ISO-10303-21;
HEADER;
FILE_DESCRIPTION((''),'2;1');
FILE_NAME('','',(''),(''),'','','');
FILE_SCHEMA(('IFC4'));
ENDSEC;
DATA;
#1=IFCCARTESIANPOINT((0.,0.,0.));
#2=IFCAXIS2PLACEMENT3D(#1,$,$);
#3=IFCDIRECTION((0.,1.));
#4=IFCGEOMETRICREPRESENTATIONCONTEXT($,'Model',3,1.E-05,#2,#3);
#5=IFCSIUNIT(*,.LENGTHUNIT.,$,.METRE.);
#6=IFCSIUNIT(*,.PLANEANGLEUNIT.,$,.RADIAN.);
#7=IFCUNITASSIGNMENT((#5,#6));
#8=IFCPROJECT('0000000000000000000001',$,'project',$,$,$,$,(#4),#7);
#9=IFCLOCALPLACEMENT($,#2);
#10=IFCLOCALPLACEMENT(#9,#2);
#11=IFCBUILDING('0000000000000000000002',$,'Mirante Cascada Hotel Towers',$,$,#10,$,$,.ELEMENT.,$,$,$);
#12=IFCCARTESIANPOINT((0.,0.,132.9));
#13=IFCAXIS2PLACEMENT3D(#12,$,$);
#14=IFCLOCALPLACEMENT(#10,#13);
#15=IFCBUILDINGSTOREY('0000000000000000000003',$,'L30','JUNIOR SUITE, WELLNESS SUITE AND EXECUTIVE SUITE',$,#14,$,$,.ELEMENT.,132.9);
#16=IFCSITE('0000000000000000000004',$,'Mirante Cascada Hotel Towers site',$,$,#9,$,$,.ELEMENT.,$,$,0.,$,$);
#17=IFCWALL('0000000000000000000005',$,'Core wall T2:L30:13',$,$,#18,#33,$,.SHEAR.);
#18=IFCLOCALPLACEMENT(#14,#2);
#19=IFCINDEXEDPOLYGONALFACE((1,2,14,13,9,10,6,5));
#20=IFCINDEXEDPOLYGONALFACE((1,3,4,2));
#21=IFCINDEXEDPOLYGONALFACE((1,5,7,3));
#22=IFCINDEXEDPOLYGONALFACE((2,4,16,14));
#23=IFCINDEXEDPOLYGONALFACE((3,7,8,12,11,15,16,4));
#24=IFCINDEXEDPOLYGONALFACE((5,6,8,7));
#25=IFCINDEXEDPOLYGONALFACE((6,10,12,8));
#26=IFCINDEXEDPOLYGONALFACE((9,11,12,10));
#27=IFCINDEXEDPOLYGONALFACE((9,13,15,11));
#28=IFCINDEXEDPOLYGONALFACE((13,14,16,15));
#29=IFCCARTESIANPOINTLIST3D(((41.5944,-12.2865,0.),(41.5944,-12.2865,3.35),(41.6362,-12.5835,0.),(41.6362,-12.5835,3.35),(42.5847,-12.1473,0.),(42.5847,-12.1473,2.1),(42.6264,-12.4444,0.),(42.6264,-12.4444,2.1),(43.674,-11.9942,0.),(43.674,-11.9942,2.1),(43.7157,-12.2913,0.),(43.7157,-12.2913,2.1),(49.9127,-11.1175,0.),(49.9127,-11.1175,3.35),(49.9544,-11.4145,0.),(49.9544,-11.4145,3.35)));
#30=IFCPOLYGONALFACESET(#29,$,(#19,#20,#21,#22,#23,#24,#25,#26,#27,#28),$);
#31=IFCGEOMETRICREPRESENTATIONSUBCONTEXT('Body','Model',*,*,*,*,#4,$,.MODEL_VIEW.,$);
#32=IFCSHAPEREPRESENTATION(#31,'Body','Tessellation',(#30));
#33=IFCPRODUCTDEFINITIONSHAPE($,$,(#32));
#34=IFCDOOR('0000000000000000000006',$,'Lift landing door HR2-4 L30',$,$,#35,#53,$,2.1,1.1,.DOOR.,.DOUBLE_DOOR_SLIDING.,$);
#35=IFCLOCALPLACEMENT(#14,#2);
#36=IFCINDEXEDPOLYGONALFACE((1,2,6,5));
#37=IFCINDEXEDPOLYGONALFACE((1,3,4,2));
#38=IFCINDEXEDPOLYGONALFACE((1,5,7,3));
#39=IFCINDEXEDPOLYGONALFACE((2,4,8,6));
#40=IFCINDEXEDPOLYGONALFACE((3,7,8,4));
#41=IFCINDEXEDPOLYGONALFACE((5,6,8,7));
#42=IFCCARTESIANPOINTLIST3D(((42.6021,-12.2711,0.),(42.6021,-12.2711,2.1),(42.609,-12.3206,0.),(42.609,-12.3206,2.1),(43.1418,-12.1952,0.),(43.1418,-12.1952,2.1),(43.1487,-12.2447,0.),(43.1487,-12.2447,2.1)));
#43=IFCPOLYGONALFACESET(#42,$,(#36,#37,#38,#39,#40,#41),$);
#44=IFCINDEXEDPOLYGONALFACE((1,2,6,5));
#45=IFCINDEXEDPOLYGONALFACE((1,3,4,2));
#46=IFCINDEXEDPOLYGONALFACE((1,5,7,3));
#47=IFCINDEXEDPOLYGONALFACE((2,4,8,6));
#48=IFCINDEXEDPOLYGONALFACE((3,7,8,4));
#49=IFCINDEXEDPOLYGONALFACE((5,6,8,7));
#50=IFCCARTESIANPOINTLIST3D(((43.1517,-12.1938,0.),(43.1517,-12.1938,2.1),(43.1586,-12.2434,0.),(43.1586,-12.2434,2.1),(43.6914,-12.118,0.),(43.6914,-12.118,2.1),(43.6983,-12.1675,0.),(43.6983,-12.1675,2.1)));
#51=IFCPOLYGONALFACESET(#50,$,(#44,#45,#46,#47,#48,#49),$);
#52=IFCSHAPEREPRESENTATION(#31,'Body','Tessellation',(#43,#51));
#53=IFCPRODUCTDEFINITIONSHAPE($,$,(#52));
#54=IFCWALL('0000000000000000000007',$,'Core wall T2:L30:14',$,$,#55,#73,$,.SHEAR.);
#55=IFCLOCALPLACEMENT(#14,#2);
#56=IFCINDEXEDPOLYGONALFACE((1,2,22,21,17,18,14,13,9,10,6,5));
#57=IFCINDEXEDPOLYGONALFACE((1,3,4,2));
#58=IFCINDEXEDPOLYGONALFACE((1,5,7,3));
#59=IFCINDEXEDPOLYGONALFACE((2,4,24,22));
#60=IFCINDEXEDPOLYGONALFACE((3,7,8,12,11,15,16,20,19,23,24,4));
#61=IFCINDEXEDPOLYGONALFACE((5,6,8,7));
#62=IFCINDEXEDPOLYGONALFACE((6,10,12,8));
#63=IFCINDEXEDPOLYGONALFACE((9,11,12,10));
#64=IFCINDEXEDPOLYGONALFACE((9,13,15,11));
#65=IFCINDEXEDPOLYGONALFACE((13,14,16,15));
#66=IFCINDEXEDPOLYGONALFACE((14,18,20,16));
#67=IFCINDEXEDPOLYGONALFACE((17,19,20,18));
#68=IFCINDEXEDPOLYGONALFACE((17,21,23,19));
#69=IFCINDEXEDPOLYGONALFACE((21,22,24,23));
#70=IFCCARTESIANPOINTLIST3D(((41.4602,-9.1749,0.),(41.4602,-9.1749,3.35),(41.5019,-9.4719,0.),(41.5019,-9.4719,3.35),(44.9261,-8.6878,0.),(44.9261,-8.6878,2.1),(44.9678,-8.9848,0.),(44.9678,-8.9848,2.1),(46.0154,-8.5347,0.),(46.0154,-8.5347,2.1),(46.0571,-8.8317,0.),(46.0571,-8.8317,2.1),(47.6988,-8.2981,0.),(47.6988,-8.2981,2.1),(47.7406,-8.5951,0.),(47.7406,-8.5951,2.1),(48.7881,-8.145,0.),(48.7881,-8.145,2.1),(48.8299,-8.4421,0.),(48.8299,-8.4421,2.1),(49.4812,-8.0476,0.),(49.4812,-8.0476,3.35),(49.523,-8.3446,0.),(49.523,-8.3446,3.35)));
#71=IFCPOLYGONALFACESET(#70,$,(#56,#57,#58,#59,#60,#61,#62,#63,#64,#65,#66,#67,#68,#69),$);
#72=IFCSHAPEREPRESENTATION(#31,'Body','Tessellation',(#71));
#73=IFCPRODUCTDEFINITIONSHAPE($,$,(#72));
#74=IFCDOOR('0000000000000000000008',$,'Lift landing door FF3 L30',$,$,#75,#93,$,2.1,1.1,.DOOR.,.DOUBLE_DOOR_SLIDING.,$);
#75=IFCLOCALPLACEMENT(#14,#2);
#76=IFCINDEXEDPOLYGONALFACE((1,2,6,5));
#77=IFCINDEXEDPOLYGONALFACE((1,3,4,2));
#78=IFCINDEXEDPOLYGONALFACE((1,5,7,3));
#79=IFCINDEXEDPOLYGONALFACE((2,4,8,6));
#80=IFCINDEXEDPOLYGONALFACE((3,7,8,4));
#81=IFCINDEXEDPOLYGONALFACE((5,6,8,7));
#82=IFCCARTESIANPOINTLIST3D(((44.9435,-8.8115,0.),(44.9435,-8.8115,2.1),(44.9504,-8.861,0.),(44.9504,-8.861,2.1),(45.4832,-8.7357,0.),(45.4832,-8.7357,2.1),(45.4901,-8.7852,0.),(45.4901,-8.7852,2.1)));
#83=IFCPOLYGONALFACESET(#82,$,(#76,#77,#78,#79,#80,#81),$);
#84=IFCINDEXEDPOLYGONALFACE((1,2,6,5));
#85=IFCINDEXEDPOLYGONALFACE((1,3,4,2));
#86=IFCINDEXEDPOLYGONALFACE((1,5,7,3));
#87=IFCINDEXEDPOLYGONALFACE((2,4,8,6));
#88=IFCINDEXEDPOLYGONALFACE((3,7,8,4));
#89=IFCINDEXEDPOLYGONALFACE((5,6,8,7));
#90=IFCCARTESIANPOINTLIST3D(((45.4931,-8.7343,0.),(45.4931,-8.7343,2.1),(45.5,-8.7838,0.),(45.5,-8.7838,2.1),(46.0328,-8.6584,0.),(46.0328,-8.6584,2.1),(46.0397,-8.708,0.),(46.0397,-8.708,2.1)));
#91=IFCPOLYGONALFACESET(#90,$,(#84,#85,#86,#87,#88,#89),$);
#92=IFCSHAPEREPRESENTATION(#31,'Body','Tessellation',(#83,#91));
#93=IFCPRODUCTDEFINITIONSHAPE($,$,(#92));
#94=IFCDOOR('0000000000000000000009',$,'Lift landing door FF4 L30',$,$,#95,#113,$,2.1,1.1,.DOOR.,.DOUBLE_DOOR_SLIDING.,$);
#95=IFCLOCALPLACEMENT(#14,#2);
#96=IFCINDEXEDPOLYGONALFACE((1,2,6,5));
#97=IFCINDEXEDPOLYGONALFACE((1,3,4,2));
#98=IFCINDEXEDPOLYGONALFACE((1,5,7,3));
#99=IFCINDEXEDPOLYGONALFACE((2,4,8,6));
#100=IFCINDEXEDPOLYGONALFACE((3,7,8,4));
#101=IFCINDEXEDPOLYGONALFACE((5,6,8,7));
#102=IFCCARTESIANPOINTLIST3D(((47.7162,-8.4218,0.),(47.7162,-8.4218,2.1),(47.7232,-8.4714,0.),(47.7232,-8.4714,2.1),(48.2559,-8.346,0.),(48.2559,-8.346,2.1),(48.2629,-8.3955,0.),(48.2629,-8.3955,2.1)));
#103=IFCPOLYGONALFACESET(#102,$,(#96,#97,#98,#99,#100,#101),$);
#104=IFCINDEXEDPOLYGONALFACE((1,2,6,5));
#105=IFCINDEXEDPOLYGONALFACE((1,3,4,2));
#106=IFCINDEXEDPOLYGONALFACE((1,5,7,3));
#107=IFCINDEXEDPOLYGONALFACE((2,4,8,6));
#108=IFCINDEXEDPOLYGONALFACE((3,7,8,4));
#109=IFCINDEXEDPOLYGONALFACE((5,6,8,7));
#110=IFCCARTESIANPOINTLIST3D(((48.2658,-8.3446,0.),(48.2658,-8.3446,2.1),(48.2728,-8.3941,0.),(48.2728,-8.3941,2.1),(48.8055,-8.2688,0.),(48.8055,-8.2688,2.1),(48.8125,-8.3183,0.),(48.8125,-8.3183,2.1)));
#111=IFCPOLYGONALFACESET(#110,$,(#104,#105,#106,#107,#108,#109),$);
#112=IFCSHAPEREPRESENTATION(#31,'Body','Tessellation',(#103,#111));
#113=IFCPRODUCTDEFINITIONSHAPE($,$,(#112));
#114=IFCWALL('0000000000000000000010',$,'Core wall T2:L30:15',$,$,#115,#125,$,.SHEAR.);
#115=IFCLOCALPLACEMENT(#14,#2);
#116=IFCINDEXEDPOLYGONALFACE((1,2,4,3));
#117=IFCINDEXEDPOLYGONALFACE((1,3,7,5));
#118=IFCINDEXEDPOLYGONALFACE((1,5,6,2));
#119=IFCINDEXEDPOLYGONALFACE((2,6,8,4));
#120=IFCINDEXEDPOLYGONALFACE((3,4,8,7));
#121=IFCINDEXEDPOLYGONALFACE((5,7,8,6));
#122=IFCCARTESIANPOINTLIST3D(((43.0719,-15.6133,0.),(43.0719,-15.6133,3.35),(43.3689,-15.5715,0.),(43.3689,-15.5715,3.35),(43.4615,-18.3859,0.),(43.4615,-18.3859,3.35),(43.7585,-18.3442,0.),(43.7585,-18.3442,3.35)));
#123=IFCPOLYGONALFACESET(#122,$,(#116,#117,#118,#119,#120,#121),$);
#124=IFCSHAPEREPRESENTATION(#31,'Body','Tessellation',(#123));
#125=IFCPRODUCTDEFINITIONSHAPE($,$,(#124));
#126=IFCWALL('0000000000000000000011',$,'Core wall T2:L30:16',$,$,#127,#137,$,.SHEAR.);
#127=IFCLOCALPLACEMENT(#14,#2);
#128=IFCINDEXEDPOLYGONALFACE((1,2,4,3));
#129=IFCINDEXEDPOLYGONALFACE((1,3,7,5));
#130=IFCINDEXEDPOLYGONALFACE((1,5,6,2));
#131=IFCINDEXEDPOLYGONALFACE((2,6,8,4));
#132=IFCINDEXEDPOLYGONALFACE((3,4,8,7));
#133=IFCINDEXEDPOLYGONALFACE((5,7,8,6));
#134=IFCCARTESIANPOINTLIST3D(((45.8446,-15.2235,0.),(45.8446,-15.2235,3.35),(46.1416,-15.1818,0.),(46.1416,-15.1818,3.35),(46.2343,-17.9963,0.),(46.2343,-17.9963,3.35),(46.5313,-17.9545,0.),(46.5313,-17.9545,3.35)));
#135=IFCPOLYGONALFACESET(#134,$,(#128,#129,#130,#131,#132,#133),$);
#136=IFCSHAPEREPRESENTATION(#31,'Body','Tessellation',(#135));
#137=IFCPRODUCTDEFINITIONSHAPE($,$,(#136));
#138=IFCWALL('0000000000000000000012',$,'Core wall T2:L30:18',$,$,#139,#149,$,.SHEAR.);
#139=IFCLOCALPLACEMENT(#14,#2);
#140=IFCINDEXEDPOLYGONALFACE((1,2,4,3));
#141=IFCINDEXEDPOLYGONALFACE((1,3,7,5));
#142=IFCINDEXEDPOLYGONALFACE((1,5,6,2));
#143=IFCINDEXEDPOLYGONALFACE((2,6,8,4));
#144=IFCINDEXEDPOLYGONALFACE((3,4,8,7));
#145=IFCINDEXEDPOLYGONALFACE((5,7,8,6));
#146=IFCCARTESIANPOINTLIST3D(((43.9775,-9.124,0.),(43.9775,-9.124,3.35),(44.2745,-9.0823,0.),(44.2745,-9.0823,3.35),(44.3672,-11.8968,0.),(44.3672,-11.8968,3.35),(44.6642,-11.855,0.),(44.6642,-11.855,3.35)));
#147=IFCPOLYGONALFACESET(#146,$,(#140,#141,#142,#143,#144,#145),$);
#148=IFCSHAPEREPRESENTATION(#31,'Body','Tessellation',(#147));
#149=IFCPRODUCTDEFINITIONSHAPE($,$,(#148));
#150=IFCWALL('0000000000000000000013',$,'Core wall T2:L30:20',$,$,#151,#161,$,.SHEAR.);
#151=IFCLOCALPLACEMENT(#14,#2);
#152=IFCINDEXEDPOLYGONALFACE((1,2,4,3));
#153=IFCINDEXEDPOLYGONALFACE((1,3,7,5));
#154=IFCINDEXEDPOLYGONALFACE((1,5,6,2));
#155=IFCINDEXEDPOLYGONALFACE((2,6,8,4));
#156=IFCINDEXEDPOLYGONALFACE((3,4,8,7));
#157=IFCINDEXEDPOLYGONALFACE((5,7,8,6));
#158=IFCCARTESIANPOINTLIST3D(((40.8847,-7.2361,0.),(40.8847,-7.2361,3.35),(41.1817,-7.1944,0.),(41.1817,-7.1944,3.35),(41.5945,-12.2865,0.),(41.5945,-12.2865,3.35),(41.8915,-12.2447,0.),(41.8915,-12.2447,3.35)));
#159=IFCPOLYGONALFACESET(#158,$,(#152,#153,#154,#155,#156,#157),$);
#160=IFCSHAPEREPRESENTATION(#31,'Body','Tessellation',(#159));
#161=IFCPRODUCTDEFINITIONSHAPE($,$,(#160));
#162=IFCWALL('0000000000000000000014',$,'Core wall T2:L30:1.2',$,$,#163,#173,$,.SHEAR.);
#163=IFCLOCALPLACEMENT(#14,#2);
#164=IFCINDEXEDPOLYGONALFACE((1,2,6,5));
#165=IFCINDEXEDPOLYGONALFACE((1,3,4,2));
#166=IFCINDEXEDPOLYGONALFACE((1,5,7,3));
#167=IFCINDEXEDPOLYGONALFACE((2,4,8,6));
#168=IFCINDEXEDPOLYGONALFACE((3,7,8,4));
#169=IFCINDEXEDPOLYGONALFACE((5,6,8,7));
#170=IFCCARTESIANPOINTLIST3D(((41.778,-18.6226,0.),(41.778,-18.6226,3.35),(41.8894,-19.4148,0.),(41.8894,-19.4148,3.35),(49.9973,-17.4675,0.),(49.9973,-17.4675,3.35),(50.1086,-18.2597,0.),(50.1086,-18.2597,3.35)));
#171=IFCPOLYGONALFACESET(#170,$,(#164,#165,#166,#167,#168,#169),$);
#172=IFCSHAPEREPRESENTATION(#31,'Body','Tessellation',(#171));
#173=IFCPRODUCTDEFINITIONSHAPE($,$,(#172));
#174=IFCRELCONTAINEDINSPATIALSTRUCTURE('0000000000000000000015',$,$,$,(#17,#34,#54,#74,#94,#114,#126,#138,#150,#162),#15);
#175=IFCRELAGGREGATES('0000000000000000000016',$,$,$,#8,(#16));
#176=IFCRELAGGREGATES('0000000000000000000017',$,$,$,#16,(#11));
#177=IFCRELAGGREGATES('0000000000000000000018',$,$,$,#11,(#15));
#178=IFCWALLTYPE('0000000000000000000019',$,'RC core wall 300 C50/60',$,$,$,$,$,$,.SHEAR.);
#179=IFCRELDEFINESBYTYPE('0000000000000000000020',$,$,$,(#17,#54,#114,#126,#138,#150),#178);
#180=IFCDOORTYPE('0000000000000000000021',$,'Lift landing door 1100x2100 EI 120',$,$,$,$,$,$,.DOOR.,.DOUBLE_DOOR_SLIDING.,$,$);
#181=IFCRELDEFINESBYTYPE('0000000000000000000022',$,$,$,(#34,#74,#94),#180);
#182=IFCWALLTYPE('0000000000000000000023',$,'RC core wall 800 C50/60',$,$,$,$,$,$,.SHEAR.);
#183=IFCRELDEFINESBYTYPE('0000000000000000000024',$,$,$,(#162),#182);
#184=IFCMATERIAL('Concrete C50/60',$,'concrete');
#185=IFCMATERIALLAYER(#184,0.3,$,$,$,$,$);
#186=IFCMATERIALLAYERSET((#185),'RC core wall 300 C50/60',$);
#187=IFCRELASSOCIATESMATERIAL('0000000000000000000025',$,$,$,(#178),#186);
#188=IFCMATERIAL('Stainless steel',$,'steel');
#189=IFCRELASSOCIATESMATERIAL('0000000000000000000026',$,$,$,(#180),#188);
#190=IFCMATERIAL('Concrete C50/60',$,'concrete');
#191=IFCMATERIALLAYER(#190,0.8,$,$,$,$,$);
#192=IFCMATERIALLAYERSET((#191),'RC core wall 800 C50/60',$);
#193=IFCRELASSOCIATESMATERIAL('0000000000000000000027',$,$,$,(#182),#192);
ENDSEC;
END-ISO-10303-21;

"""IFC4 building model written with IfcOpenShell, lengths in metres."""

from ifc_helpers import new_model, si_unit, direction, frame, frame_2d, origin, place, context, subcontext, project, spatial, rectangle, extrude, material, layer, layer_set, type_object, element, fill, save


model = new_model("IFC4")

# Units and contexts
model_context = context("Model", 3, precision=1e-05, world=origin(), true_north=direction((0.0, 1.0)))
body_context = subcontext(model_context, "Body", "Model", "MODEL_VIEW")
ifc_project = project(units=[si_unit("LENGTHUNIT", "METRE"), si_unit("PLANEANGLEUNIT", "RADIAN")], contexts=[model_context])

# Site, building, storey
site_placement = place(None, origin())
site = spatial("IfcSite", under=ifc_project, at=site_placement, Name="Mirante Cascada Hotel Towers site", CompositionType="ELEMENT", RefElevation=0.0)
building_placement = place(site_placement, origin())
building = spatial("IfcBuilding", under=site, at=building_placement, Name="Mirante Cascada Hotel Towers", CompositionType="ELEMENT")
storey_placement = place(building_placement, frame((0.0, 0.0, 132.9)))
storey = spatial("IfcBuildingStorey", under=building, at=storey_placement, Name="L30", Description="JUNIOR SUITE, WELLNESS SUITE AND EXECUTIVE SUITE", CompositionType="ELEMENT", Elevation=132.9)

# Shared definitions
ifc_material_1 = material(Name="Concrete C50/60", Category="concrete")
ifc_layer_1 = layer(ifc_material_1, 0.3)
ifc_layer_set_1 = layer_set([ifc_layer_1], Name="RC core wall 300 C50/60")
wall_type_1 = type_object("IfcWallType", Name="RC core wall 300 C50/60", PredefinedType="SHEAR", material=ifc_layer_set_1)

# Shared definitions
ifc_material_2 = material(Name="Stainless steel", Category="steel")
door_type_1 = type_object("IfcDoorType", Name="Lift landing door 1100x2100 EI 120", OperationType="DOUBLE_DOOR_SLIDING", PredefinedType="DOOR", material=ifc_material_2)

# Wall, opening, door
wall_1_placement = place(storey_placement, frame((41.6153, -12.435, 0.0), z_axis=(0.0, 0.0, 1.0), x_axis=(0.990269, 0.139166, 0.0)))
wall_1 = element("IfcWall", 1, at=wall_1_placement, inside=storey, type_object=wall_type_1, Name="Core wall T2:L30:13", PredefinedType="SHEAR", context=body_context, shape_type="SweptSolid", body=[
    extrude(rectangle(XDim=8.4, YDim=0.3, at=frame_2d((4.2, 0.0))), origin(), (0.0, 0.0, 1.0), 3.35),
])
opening_1_placement = place(wall_1_placement, frame((1.0, 0.0, 0.0)))
opening_1 = element("IfcOpeningElement", 2, at=opening_1_placement, cuts=wall_1, PredefinedType="OPENING", context=body_context, shape_type="SweptSolid", body=[
    extrude(rectangle(XDim=1.1, YDim=2.1, at=frame_2d((0.55, 1.05))), frame((0.0, 0.15, 0.0), z_axis=(0.0, -1.0, 0.0), x_axis=(1.0, 0.0, 0.0)), (0.0, 0.0, 1.0), 0.3),
])
door_1_placement = place(opening_1_placement, origin())
door_1 = element("IfcDoor", 3, at=door_1_placement, inside=storey, type_object=door_type_1, Name="Lift landing door HR2-4 L30", OperationType="DOUBLE_DOOR_SLIDING", OverallHeight=2.1, OverallWidth=1.1, PredefinedType="DOOR", context=body_context, shape_type="SweptSolid", body=[
    extrude(rectangle(XDim=0.545, YDim=2.1, at=frame_2d((0.2725, 1.05))), frame((0.0, 0.025, 0.0), z_axis=(0.0, -1.0, 0.0), x_axis=(1.0, 0.0, 0.0)), (0.0, 0.0, 1.0), 0.05),
    extrude(rectangle(XDim=0.545, YDim=2.1, at=frame_2d((0.8275, 1.05))), frame((0.0, 0.025, 0.0), z_axis=(0.0, -1.0, 0.0), x_axis=(1.0, 0.0, 0.0)), (0.0, 0.0, 1.0), 0.05),
])
fill(opening_1, door_1)

# Wall, openings, doors
wall_2_placement = place(storey_placement, frame((41.481, -9.3234, 0.0), z_axis=(0.0, 0.0, 1.0), x_axis=(0.990268, 0.139174, 0.0)))
wall_2 = element("IfcWall", 4, at=wall_2_placement, inside=storey, type_object=wall_type_1, Name="Core wall T2:L30:14", PredefinedType="SHEAR", context=body_context, shape_type="SweptSolid", body=[
    extrude(rectangle(XDim=8.0999, YDim=0.3, at=frame_2d((4.05, 0.0))), origin(), (0.0, 0.0, 1.0), 3.35),
])
opening_2_placement = place(wall_2_placement, frame((3.5, 0.0, 0.0)))
opening_2 = element("IfcOpeningElement", 5, at=opening_2_placement, cuts=wall_2, PredefinedType="OPENING", context=body_context, shape_type="SweptSolid", body=[
    extrude(rectangle(XDim=1.1, YDim=2.1, at=frame_2d((0.55, 1.05))), frame((0.0, 0.15, 0.0), z_axis=(0.0, -1.0, 0.0), x_axis=(1.0, 0.0, 0.0)), (0.0, 0.0, 1.0), 0.3),
])
opening_3_placement = place(wall_2_placement, frame((6.3, 0.0, 0.0)))
opening_3 = element("IfcOpeningElement", 6, at=opening_3_placement, cuts=wall_2, PredefinedType="OPENING", context=body_context, shape_type="SweptSolid", body=[
    extrude(rectangle(XDim=1.1, YDim=2.1, at=frame_2d((0.55, 1.05))), frame((0.0, 0.15, 0.0), z_axis=(0.0, -1.0, 0.0), x_axis=(1.0, 0.0, 0.0)), (0.0, 0.0, 1.0), 0.3),
])
door_2_placement = place(opening_2_placement, origin())
door_2 = element("IfcDoor", 7, at=door_2_placement, inside=storey, type_object=door_type_1, Name="Lift landing door FF3 L30", OperationType="DOUBLE_DOOR_SLIDING", OverallHeight=2.1, OverallWidth=1.1, PredefinedType="DOOR", context=body_context, shape_type="SweptSolid", body=[
    extrude(rectangle(XDim=0.545, YDim=2.1, at=frame_2d((0.2725, 1.05))), frame((0.0, 0.025, 0.0), z_axis=(0.0, -1.0, 0.0), x_axis=(1.0, 0.0, 0.0)), (0.0, 0.0, 1.0), 0.05),
    extrude(rectangle(XDim=0.545, YDim=2.1, at=frame_2d((0.8275, 1.05))), frame((0.0, 0.025, 0.0), z_axis=(0.0, -1.0, 0.0), x_axis=(1.0, 0.0, 0.0)), (0.0, 0.0, 1.0), 0.05),
])
fill(opening_2, door_2)
door_3_placement = place(opening_3_placement, origin())
door_3 = element("IfcDoor", 8, at=door_3_placement, inside=storey, type_object=door_type_1, Name="Lift landing door FF4 L30", OperationType="DOUBLE_DOOR_SLIDING", OverallHeight=2.1, OverallWidth=1.1, PredefinedType="DOOR", context=body_context, shape_type="SweptSolid", body=[
    extrude(rectangle(XDim=0.545, YDim=2.1, at=frame_2d((0.2725, 1.05))), frame((0.0, 0.025, 0.0), z_axis=(0.0, -1.0, 0.0), x_axis=(1.0, 0.0, 0.0)), (0.0, 0.0, 1.0), 0.05),
    extrude(rectangle(XDim=0.545, YDim=2.1, at=frame_2d((0.8275, 1.05))), frame((0.0, 0.025, 0.0), z_axis=(0.0, -1.0, 0.0), x_axis=(1.0, 0.0, 0.0)), (0.0, 0.0, 1.0), 0.05),
])
fill(opening_3, door_3)

# Walls
wall_3_placement = place(storey_placement, frame((43.61, -18.3651, 0.0), z_axis=(0.0, 0.0, 1.0), x_axis=(-0.139146, 0.990272, 0.0)))
element("IfcWall", 9, at=wall_3_placement, inside=storey, type_object=wall_type_1, Name="Core wall T2:L30:15", PredefinedType="SHEAR", context=body_context, shape_type="SweptSolid", body=[
    extrude(rectangle(XDim=2.7999, YDim=0.3, at=frame_2d((1.4, 0.0))), origin(), (0.0, 0.0, 1.0), 3.35),
])
for number, where, z_axis, x_axis, name in (
    (10, (46.3828, -17.9754, 0.0), (0.0, 0.0, 1.0), (-0.139181, 0.990267, 0.0), "Core wall T2:L30:16"),
    (11, (44.5157, -11.8759, 0.0), (0.0, 0.0, 1.0), (-0.139181, 0.990267, 0.0), "Core wall T2:L30:18"),
):
    element("IfcWall", number, at=place(storey_placement, frame(where, z_axis=z_axis, x_axis=x_axis)), inside=storey, type_object=wall_type_1, Name=name, PredefinedType="SHEAR", context=body_context, shape_type="SweptSolid", body=[
        extrude(rectangle(XDim=2.8, YDim=0.3, at=frame_2d((1.4, 0.0))), origin(), (0.0, 0.0, 1.0), 3.35),
    ])
wall_4_placement = place(storey_placement, frame((41.743, -12.2656, 0.0), z_axis=(0.0, 0.0, 1.0), x_axis=(-0.139176, 0.990268, 0.0)))
element("IfcWall", 12, at=wall_4_placement, inside=storey, type_object=wall_type_1, Name="Core wall T2:L30:20", PredefinedType="SHEAR", context=body_context, shape_type="SweptSolid", body=[
    extrude(rectangle(XDim=5.1, YDim=0.3, at=frame_2d((2.55, 0.0))), origin(), (0.0, 0.0, 1.0), 3.35),
])
ifc_material_3 = material(Name="Concrete C50/60", Category="concrete")
ifc_layer_2 = layer(ifc_material_3, 0.8)
ifc_layer_set_2 = layer_set([ifc_layer_2], Name="RC core wall 800 C50/60")
wall_type_2 = type_object("IfcWallType", Name="RC core wall 800 C50/60", PredefinedType="SHEAR", material=ifc_layer_set_2)
wall_5_placement = place(storey_placement, frame((41.8337, -19.0187, 0.0), z_axis=(0.0, 0.0, 1.0), x_axis=(0.990269, 0.139169, 0.0)))
element("IfcWall", 13, at=wall_5_placement, inside=storey, type_object=wall_type_2, Name="Core wall T2:L30:1.2", PredefinedType="SHEAR", context=body_context, shape_type="SweptSolid", body=[
    extrude(rectangle(XDim=8.3, YDim=0.8, at=frame_2d((4.15, 0.0))), origin(), (0.0, 0.0, 1.0), 3.35),
])

save(model, "model.ifc")
